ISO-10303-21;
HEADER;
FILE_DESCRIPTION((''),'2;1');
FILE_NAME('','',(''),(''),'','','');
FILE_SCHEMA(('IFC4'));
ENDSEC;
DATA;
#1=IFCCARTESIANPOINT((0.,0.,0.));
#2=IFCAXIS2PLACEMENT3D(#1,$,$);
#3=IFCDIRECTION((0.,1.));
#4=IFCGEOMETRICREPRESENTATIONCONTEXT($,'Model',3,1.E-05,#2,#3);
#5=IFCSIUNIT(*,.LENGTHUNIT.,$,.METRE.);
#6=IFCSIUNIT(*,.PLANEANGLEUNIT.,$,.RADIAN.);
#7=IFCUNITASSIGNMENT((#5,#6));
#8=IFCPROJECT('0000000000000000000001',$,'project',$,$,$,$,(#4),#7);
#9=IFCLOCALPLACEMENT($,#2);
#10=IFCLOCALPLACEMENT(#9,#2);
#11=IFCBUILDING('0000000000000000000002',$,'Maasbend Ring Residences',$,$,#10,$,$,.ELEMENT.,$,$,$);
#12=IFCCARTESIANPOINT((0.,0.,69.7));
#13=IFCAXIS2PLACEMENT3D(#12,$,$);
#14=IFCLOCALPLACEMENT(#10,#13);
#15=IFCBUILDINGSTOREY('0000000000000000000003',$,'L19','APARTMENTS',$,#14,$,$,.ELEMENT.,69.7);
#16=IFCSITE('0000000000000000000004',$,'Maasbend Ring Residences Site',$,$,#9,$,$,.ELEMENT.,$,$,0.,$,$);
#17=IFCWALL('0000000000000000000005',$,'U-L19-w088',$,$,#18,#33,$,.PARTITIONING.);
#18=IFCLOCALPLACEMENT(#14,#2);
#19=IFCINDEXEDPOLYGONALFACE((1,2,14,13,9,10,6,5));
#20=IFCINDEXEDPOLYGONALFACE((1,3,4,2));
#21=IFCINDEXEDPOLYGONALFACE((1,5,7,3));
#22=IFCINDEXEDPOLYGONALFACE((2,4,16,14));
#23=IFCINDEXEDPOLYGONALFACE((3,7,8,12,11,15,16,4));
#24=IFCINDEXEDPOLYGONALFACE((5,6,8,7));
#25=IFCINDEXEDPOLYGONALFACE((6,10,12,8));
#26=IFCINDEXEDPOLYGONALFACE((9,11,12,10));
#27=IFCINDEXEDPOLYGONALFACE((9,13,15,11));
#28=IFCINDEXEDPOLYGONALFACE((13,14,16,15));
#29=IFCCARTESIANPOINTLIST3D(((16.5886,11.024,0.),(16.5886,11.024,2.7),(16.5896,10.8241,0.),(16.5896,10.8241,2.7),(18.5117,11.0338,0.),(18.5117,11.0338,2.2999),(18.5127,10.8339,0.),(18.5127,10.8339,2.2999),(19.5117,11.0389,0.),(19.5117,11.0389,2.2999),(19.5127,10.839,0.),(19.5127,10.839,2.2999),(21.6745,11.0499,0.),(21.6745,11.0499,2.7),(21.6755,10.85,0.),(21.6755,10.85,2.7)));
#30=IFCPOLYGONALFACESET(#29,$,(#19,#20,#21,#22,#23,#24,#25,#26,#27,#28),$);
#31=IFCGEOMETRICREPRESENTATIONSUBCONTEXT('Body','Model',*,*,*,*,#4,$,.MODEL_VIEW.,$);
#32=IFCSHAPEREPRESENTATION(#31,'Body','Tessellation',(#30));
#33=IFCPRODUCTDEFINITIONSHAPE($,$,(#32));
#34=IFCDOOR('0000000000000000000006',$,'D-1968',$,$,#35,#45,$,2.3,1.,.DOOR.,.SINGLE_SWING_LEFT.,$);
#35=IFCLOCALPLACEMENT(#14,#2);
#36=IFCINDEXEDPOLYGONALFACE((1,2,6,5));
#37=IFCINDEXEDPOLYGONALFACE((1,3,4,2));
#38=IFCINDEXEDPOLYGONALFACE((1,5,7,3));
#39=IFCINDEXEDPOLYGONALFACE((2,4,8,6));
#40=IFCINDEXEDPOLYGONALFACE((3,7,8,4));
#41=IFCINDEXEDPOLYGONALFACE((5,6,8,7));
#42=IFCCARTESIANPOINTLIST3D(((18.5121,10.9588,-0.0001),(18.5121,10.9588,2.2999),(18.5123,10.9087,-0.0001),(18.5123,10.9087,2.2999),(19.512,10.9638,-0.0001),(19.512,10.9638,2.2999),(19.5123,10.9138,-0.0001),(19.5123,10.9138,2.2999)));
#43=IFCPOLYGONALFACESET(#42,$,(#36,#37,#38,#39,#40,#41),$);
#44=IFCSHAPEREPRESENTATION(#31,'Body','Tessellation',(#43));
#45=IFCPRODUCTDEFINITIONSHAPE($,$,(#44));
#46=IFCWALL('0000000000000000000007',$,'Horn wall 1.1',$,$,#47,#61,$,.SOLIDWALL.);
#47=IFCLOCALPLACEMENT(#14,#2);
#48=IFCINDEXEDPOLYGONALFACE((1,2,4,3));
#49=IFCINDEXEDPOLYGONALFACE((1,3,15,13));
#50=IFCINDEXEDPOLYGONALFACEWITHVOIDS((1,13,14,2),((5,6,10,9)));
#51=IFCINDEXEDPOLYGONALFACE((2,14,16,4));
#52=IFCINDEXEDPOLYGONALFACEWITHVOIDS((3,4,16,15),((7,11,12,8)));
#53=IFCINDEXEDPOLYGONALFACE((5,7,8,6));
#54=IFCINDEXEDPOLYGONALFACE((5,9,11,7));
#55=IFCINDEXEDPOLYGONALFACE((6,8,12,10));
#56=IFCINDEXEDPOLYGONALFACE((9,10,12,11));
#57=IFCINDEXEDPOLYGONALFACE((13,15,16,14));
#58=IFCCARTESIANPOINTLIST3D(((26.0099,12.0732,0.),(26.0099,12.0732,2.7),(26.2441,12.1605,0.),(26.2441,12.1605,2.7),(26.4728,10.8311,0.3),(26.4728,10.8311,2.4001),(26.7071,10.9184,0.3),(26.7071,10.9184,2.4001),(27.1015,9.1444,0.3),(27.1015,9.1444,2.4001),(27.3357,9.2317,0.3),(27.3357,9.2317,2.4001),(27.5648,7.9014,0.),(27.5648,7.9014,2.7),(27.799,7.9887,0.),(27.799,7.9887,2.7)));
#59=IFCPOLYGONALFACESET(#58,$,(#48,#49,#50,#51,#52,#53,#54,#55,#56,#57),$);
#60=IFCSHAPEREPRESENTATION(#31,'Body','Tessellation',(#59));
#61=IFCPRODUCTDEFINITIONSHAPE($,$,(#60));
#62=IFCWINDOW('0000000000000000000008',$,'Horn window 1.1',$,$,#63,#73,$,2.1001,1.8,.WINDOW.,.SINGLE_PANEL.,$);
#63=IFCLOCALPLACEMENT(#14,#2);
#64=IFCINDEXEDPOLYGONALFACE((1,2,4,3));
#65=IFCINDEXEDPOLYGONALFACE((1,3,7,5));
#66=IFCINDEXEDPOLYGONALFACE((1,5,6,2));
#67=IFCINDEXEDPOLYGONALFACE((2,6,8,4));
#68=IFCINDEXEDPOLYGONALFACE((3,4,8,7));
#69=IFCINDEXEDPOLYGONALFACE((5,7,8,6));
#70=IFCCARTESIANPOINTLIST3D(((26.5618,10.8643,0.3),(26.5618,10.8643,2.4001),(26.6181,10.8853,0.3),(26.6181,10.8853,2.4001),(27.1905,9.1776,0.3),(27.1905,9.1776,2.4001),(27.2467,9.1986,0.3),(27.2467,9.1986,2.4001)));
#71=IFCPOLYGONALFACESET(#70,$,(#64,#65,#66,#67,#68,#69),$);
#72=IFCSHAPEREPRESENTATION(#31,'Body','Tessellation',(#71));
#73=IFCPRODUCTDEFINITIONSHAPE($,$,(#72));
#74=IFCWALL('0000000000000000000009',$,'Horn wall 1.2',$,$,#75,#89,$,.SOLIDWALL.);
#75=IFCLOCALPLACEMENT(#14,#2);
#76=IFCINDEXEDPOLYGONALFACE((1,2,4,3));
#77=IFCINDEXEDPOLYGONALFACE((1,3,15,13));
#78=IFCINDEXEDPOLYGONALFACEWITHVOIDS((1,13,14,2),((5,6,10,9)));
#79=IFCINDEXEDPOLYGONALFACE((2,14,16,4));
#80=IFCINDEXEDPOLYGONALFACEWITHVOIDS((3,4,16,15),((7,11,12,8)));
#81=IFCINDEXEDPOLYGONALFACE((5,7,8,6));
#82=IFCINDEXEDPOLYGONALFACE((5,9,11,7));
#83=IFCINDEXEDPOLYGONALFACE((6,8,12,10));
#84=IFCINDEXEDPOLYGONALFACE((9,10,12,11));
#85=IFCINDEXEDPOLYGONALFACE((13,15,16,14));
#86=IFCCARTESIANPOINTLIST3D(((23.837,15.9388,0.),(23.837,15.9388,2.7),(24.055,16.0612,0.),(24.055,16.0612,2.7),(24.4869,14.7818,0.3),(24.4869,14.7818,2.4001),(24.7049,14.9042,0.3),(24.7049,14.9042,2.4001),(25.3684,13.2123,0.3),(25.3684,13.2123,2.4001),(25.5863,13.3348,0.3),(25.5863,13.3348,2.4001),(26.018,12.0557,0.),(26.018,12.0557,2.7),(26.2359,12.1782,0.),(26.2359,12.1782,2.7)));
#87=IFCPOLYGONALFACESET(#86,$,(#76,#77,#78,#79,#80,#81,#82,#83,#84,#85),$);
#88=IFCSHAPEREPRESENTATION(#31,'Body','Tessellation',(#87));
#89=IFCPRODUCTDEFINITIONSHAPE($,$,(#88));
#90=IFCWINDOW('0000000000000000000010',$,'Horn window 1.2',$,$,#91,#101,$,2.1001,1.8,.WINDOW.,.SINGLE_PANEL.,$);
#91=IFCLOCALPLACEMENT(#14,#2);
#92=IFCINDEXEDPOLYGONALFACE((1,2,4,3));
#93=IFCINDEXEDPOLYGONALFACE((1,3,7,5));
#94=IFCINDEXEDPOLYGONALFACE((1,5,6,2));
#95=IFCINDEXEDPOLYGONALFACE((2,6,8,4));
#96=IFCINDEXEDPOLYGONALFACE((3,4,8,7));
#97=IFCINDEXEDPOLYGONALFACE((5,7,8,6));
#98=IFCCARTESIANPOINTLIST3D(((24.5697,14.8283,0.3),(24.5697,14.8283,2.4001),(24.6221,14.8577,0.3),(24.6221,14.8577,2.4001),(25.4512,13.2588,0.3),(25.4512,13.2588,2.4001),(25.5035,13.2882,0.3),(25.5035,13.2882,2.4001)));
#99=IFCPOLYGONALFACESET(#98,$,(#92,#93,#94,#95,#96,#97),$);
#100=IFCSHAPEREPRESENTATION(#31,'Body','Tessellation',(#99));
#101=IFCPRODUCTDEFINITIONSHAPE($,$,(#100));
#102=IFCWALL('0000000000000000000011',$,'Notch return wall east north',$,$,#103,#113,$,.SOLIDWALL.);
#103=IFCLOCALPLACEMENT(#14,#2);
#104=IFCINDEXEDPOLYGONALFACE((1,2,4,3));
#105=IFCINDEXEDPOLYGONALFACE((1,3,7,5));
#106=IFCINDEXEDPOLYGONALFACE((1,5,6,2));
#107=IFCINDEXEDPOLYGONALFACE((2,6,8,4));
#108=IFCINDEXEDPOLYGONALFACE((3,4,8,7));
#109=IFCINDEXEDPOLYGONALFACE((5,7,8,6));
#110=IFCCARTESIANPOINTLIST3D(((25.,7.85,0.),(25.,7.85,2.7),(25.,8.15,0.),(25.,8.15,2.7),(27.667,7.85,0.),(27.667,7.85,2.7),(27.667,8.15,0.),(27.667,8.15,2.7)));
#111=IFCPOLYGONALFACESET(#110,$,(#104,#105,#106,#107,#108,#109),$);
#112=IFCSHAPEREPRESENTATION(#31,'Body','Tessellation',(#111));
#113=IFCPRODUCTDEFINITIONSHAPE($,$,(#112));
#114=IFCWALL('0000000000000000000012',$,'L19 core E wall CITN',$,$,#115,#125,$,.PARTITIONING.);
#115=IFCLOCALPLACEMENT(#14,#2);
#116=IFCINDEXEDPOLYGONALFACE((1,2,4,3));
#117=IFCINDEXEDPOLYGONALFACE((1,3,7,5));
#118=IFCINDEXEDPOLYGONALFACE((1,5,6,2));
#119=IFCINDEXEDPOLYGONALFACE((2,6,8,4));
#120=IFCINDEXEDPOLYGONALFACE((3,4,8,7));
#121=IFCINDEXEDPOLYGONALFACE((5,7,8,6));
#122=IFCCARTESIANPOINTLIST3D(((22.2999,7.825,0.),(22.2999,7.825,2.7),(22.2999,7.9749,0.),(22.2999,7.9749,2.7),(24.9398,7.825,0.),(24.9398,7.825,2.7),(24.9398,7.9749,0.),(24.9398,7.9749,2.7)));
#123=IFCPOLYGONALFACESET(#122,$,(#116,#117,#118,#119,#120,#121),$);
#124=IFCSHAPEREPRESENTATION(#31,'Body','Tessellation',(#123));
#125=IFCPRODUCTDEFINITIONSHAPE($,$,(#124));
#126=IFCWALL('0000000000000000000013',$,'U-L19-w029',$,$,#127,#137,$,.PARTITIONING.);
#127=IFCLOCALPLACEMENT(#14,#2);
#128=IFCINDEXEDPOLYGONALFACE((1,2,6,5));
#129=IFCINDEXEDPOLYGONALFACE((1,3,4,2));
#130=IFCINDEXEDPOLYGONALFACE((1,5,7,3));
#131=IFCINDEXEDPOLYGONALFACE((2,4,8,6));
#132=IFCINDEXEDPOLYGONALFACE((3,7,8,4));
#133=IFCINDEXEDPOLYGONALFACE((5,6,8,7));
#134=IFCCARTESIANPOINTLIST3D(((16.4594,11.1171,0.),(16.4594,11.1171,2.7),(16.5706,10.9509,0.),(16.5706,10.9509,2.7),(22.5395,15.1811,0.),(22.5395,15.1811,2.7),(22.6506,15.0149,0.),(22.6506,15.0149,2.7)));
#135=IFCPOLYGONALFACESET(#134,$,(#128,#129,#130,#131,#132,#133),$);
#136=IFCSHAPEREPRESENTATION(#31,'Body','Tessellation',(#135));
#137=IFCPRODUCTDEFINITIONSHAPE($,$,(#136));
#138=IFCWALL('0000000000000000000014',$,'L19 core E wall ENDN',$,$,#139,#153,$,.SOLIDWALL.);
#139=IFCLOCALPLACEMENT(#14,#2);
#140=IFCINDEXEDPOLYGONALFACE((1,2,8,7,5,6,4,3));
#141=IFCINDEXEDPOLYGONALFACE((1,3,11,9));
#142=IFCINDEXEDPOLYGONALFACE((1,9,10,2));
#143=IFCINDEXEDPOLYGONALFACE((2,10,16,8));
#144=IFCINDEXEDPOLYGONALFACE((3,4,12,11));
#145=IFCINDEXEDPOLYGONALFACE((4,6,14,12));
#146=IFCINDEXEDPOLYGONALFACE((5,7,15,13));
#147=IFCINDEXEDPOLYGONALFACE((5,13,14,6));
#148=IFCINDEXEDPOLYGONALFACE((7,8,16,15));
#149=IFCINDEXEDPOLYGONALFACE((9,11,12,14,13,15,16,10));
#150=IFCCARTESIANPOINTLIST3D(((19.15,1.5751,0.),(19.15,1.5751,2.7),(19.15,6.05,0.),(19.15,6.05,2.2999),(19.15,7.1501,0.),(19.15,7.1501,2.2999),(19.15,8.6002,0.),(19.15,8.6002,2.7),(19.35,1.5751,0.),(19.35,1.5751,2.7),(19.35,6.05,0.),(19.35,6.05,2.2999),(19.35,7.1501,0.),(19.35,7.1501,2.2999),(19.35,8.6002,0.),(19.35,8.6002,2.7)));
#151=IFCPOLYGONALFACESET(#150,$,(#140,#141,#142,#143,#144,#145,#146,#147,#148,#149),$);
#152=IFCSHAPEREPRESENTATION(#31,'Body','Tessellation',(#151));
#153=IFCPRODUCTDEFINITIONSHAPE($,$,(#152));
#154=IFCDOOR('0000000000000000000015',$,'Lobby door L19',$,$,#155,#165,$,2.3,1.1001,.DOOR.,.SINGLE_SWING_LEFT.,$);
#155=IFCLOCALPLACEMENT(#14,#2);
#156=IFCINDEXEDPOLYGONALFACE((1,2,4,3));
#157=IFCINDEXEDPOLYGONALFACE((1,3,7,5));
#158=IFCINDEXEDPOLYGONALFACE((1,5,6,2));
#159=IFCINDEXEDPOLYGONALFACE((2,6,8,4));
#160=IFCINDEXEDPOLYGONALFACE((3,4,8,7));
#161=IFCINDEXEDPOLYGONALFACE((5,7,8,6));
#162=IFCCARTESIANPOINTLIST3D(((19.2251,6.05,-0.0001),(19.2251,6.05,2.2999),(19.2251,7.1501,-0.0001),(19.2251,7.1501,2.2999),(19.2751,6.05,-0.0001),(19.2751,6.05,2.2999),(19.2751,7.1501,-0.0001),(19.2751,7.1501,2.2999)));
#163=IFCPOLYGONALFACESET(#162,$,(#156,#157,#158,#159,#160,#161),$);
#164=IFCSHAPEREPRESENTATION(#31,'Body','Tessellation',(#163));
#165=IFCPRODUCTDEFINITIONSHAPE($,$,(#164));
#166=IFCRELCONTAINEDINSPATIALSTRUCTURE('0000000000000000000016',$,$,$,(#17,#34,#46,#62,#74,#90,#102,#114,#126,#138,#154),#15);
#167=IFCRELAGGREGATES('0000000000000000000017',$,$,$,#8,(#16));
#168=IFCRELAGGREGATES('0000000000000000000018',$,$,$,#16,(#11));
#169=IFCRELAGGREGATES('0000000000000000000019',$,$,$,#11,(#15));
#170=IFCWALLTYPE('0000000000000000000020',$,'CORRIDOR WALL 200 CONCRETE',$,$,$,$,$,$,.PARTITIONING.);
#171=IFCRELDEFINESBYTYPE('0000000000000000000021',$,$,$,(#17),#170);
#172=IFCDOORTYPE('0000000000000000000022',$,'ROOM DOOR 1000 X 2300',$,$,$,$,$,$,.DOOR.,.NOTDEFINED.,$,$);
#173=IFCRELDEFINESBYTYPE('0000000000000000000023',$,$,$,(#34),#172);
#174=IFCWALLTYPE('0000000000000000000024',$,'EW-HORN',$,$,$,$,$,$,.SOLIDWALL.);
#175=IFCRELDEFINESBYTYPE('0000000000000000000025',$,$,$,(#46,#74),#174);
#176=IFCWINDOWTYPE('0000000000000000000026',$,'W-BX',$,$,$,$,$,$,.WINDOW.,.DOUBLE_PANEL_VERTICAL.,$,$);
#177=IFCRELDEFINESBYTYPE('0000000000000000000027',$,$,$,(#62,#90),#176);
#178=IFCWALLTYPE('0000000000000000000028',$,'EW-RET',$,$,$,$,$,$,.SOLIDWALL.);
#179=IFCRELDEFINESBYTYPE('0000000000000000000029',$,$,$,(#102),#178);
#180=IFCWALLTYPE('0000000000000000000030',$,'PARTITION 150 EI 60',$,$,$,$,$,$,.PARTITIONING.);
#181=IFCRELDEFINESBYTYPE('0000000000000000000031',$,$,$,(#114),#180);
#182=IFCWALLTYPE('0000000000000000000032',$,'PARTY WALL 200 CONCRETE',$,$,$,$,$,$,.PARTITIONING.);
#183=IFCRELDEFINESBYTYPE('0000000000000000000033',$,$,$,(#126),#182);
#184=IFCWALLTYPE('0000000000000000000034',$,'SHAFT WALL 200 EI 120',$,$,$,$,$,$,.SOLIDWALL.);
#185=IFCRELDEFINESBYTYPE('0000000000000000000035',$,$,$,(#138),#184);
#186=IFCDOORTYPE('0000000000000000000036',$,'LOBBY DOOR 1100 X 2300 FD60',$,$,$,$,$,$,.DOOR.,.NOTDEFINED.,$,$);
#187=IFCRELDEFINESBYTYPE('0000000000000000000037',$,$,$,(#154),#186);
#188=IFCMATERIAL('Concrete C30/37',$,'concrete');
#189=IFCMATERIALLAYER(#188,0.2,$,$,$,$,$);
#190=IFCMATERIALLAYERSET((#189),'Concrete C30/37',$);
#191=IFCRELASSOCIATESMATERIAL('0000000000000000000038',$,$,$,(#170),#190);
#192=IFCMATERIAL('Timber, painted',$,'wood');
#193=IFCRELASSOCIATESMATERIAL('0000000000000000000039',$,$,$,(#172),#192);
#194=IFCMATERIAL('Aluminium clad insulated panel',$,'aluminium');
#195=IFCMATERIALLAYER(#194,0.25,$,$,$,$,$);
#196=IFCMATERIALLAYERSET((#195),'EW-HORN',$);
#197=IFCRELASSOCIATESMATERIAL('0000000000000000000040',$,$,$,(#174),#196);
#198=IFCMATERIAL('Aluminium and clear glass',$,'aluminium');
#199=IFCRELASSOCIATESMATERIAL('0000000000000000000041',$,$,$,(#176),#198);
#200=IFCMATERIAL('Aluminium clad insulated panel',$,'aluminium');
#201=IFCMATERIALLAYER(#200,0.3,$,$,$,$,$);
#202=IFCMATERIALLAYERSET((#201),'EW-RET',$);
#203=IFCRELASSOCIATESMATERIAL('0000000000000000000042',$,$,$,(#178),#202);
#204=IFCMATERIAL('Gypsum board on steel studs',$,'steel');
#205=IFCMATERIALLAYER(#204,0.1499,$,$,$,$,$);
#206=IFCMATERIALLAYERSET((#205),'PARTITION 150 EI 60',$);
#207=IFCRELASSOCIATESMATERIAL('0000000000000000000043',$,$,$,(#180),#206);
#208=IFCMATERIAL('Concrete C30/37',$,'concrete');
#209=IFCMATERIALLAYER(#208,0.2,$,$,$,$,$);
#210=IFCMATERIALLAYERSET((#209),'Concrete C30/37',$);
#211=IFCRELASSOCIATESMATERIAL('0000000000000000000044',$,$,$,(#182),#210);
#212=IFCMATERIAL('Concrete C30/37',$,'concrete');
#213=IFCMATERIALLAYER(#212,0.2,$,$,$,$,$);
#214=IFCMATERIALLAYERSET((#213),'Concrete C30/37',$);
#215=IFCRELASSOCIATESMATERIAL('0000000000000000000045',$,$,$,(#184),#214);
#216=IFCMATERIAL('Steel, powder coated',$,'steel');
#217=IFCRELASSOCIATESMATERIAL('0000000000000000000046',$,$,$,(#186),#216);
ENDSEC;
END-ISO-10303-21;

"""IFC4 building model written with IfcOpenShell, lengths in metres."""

from ifc_helpers import new_model, si_unit, direction, frame, frame_2d, origin, place, context, subcontext, project, spatial, rectangle, extrude, material, layer, layer_set, type_object, element, fill, save


model = new_model("IFC4")

# Units and contexts
model_context = context("Model", 3, precision=1e-05, world=origin(), true_north=direction((0.0, 1.0)))
body_context = subcontext(model_context, "Body", "Model", "MODEL_VIEW")
ifc_project = project(units=[si_unit("LENGTHUNIT", "METRE"), si_unit("PLANEANGLEUNIT", "RADIAN")], contexts=[model_context])

# Site, building, storey
site_placement = place(None, origin())
site = spatial("IfcSite", under=ifc_project, at=site_placement, Name="Maasbend Ring Residences Site", CompositionType="ELEMENT", RefElevation=0.0)
building_placement = place(site_placement, origin())
building = spatial("IfcBuilding", under=site, at=building_placement, Name="Maasbend Ring Residences", CompositionType="ELEMENT")
storey_placement = place(building_placement, frame((0.0, 0.0, 69.7)))
storey = spatial("IfcBuildingStorey", under=building, at=storey_placement, Name="L19", Description="APARTMENTS", CompositionType="ELEMENT", Elevation=69.7)

# Shared definitions
ifc_material_1 = material(Name="Concrete C30/37", Category="concrete")
ifc_layer_1 = layer(ifc_material_1, 0.2)
ifc_layer_set_1 = layer_set([ifc_layer_1], Name="Concrete C30/37")
wall_type_1 = type_object("IfcWallType", Name="CORRIDOR WALL 200 CONCRETE", PredefinedType="PARTITIONING", material=ifc_layer_set_1)

# Wall, opening, door
wall_1_placement = place(storey_placement, frame((16.5891, 10.9241, 0.0), z_axis=(0.0, 0.0, 1.0), x_axis=(0.999987, 0.005088, 0.0)))
wall_1 = element("IfcWall", 1, at=wall_1_placement, inside=storey, type_object=wall_type_1, Name="U-L19-w088", PredefinedType="PARTITIONING", context=body_context, shape_type="SweptSolid", body=[
    extrude(rectangle(XDim=5.0859, YDim=0.2, at=frame_2d((2.543, 0.0))), origin(), (0.0, 0.0, 1.0), 2.7),
])
opening_1_placement = place(wall_1_placement, frame((1.9231, 0.0, 0.0)))
opening_1 = element("IfcOpeningElement", 2, at=opening_1_placement, cuts=wall_1, PredefinedType="OPENING", context=body_context, shape_type="SweptSolid", body=[
    extrude(rectangle(XDim=1.0, YDim=2.3, at=frame_2d((0.5, 1.1499))), frame((0.0, 0.1099, 0.0), z_axis=(0.0, -1.0, 0.0), x_axis=(1.0, 0.0, 0.0)), (0.0, 0.0, 1.0), 0.22),
])
ifc_material_2 = material(Name="Timber, painted", Category="wood")
door_type_1 = type_object("IfcDoorType", Name="ROOM DOOR 1000 X 2300", OperationType="NOTDEFINED", PredefinedType="DOOR", material=ifc_material_2)
door_1_placement = place(opening_1_placement, origin())
door_1 = element("IfcDoor", 3, at=door_1_placement, inside=storey, type_object=door_type_1, Name="D-1968", OperationType="SINGLE_SWING_LEFT", OverallHeight=2.3, OverallWidth=1.0, PredefinedType="DOOR", context=body_context, shape_type="SweptSolid", body=[
    extrude(rectangle(XDim=1.0, YDim=2.3, at=frame_2d((0.5, 1.1499))), frame((0.0, 0.0249, 0.0), z_axis=(0.0, -1.0, 0.0), x_axis=(1.0, 0.0, 0.0)), (0.0, 0.0, 1.0), 0.05),
])
fill(opening_1, door_1)

# Walls, openings, windows
ifc_material_3 = material(Name="Aluminium clad insulated panel", Category="aluminium")
ifc_layer_2 = layer(ifc_material_3, 0.25)
ifc_layer_set_2 = layer_set([ifc_layer_2], Name="EW-HORN")
wall_type_2 = type_object("IfcWallType", Name="EW-HORN", PredefinedType="SOLIDWALL", material=ifc_layer_set_2)
wall_2_placement = place(storey_placement, frame((27.6819, 7.9451, 0.0), z_axis=(0.0, 0.0, 1.0), x_axis=(-0.349248, 0.93703, 0.0)))
wall_2 = element("IfcWall", 4, at=wall_2_placement, inside=storey, type_object=wall_type_2, Name="Horn wall 1.1", PredefinedType="SOLIDWALL", context=body_context, shape_type="SweptSolid", body=[
    extrude(rectangle(XDim=4.4521, YDim=0.25, at=frame_2d((2.2261, 0.0))), origin(), (0.0, 0.0, 1.0), 2.7),
])
opening_2_placement = place(wall_2_placement, frame((1.3267, 0.0, 0.3)))
opening_2 = element("IfcOpeningElement", 5, at=opening_2_placement, cuts=wall_2, PredefinedType="OPENING", context=body_context, shape_type="SweptSolid", body=[
    extrude(rectangle(XDim=1.8, YDim=2.1001, at=frame_2d((0.8999, 1.05))), frame((0.0, 0.135, 0.0), z_axis=(0.0, -1.0, 0.0), x_axis=(1.0, 0.0, 0.0)), (0.0, 0.0, 1.0), 0.27),
])
ifc_material_4 = material(Name="Aluminium and clear glass", Category="aluminium")
window_type = type_object("IfcWindowType", Name="W-BX", PartitioningType="DOUBLE_PANEL_VERTICAL", PredefinedType="WINDOW", material=ifc_material_4)
window_1_placement = place(opening_2_placement, origin())
window_1 = element("IfcWindow", 6, at=window_1_placement, inside=storey, type_object=window_type, Name="Horn window 1.1", OverallHeight=2.1001, OverallWidth=1.8, PartitioningType="SINGLE_PANEL", PredefinedType="WINDOW", context=body_context, shape_type="SweptSolid", body=[
    extrude(rectangle(XDim=1.8, YDim=2.1001, at=frame_2d((0.8999, 1.05))), frame((0.0, 0.03, 0.0), z_axis=(0.0, -1.0, 0.0), x_axis=(1.0, 0.0, 0.0)), (0.0, 0.0, 1.0), 0.0601),
])
fill(opening_2, window_1)
wall_3_placement = place(storey_placement, frame((26.127, 12.1169, 0.0), z_axis=(0.0, 0.0, 1.0), x_axis=(-0.489696, 0.871893, 0.0)))
wall_3 = element("IfcWall", 7, at=wall_3_placement, inside=storey, type_object=wall_type_2, Name="Horn wall 1.2", PredefinedType="SOLIDWALL", context=body_context, shape_type="SweptSolid", body=[
    extrude(rectangle(XDim=4.4536, YDim=0.25, at=frame_2d((2.2268, 0.0))), origin(), (0.0, 0.0, 1.0), 2.7),
])
opening_3_placement = place(wall_3_placement, frame((1.3267, 0.0, 0.3)))
opening_3 = element("IfcOpeningElement", 8, at=opening_3_placement, cuts=wall_3, PredefinedType="OPENING", context=body_context, shape_type="SweptSolid", body=[
    extrude(rectangle(XDim=1.8, YDim=2.1001, at=frame_2d((0.8999, 1.05))), frame((0.0, 0.135, 0.0), z_axis=(0.0, -1.0, 0.0), x_axis=(1.0, 0.0, 0.0)), (0.0, 0.0, 1.0), 0.27),
])
window_2_placement = place(opening_3_placement, origin())
window_2 = element("IfcWindow", 9, at=window_2_placement, inside=storey, type_object=window_type, Name="Horn window 1.2", OverallHeight=2.1001, OverallWidth=1.8, PartitioningType="SINGLE_PANEL", PredefinedType="WINDOW", context=body_context, shape_type="SweptSolid", body=[
    extrude(rectangle(XDim=1.8, YDim=2.1001, at=frame_2d((0.8999, 1.05))), frame((0.0, 0.03, 0.0), z_axis=(0.0, -1.0, 0.0), x_axis=(1.0, 0.0, 0.0)), (0.0, 0.0, 1.0), 0.0601),
])
fill(opening_3, window_2)

# Walls
ifc_material_5 = material(Name="Aluminium clad insulated panel", Category="aluminium")
ifc_layer_3 = layer(ifc_material_5, 0.3)
ifc_layer_set_3 = layer_set([ifc_layer_3], Name="EW-RET")
wall_type_3 = type_object("IfcWallType", Name="EW-RET", PredefinedType="SOLIDWALL", material=ifc_layer_set_3)
wall_4_placement = place(storey_placement, frame((25.0, 8.0, 0.0), z_axis=(0.0, 0.0, 1.0), x_axis=(1.0, 0.0, 0.0)))
element("IfcWall", 10, at=wall_4_placement, inside=storey, type_object=wall_type_3, Name="Notch return wall east north", PredefinedType="SOLIDWALL", context=body_context, shape_type="SweptSolid", body=[
    extrude(rectangle(XDim=2.667, YDim=0.3, at=frame_2d((1.3335, 0.0))), origin(), (0.0, 0.0, 1.0), 2.7),
])
ifc_material_6 = material(Name="Gypsum board on steel studs", Category="steel")
ifc_layer_4 = layer(ifc_material_6, 0.1499)
ifc_layer_set_4 = layer_set([ifc_layer_4], Name="PARTITION 150 EI 60")
wall_type_4 = type_object("IfcWallType", Name="PARTITION 150 EI 60", PredefinedType="PARTITIONING", material=ifc_layer_set_4)
wall_5_placement = place(storey_placement, frame((22.3, 7.8999, 0.0), z_axis=(0.0, 0.0, 1.0), x_axis=(1.0, 0.0, 0.0)))
element("IfcWall", 11, at=wall_5_placement, inside=storey, type_object=wall_type_4, Name="L19 core E wall CITN", PredefinedType="PARTITIONING", context=body_context, shape_type="SweptSolid", body=[
    extrude(rectangle(XDim=2.6399, YDim=0.1499, at=frame_2d((1.3198, 0.0))), origin(), (0.0, 0.0, 1.0), 2.7),
])
ifc_material_7 = material(Name="Concrete C30/37", Category="concrete")
ifc_layer_5 = layer(ifc_material_7, 0.2)
ifc_layer_set_5 = layer_set([ifc_layer_5], Name="Concrete C30/37")
wall_type_5 = type_object("IfcWallType", Name="PARTY WALL 200 CONCRETE", PredefinedType="PARTITIONING", material=ifc_layer_set_5)
wall_6_placement = place(storey_placement, frame((16.5149, 11.0339, 0.0), z_axis=(0.0, 0.0, 1.0), x_axis=(0.831382, 0.555701, 0.0)))
element("IfcWall", 12, at=wall_6_placement, inside=storey, type_object=wall_type_5, Name="U-L19-w029", PredefinedType="PARTITIONING", context=body_context, shape_type="SweptSolid", body=[
    extrude(rectangle(XDim=7.3132, YDim=0.2, at=frame_2d((3.6567, 0.0))), origin(), (0.0, 0.0, 1.0), 2.7),
])

# Wall, opening, door
ifc_material_8 = material(Name="Concrete C30/37", Category="concrete")
ifc_layer_6 = layer(ifc_material_8, 0.2)
ifc_layer_set_6 = layer_set([ifc_layer_6], Name="Concrete C30/37")
wall_type_6 = type_object("IfcWallType", Name="SHAFT WALL 200 EI 120", PredefinedType="SOLIDWALL", material=ifc_layer_set_6)
wall_7_placement = place(storey_placement, frame((19.25, 1.575, 0.0), z_axis=(0.0, 0.0, 1.0), x_axis=(0.0, 1.0, 0.0)))
wall_7 = element("IfcWall", 13, at=wall_7_placement, inside=storey, type_object=wall_type_6, Name="L19 core E wall ENDN", PredefinedType="SOLIDWALL", context=body_context, shape_type="SweptSolid", body=[
    extrude(rectangle(XDim=7.0251, YDim=0.2, at=frame_2d((3.5127, 0.0))), origin(), (0.0, 0.0, 1.0), 2.7),
])
opening_4_placement = place(wall_7_placement, frame((4.4751, 0.0, 0.0)))
opening_4 = element("IfcOpeningElement", 14, at=opening_4_placement, cuts=wall_7, PredefinedType="OPENING", context=body_context, shape_type="SweptSolid", body=[
    extrude(rectangle(XDim=1.1001, YDim=2.3, at=frame_2d((0.55, 1.1499))), frame((0.0, 0.1099, 0.0), z_axis=(0.0, -1.0, 0.0), x_axis=(1.0, 0.0, 0.0)), (0.0, 0.0, 1.0), 0.22),
])
ifc_material_9 = material(Name="Steel, powder coated", Category="steel")
door_type_2 = type_object("IfcDoorType", Name="LOBBY DOOR 1100 X 2300 FD60", OperationType="NOTDEFINED", PredefinedType="DOOR", material=ifc_material_9)
door_2_placement = place(opening_4_placement, origin())
door_2 = element("IfcDoor", 15, at=door_2_placement, inside=storey, type_object=door_type_2, Name="Lobby door L19", OperationType="SINGLE_SWING_LEFT", OverallHeight=2.3, OverallWidth=1.1001, PredefinedType="DOOR", context=body_context, shape_type="SweptSolid", body=[
    extrude(rectangle(XDim=1.1001, YDim=2.3, at=frame_2d((0.55, 1.1499))), frame((0.0, 0.0249, 0.0), z_axis=(0.0, -1.0, 0.0), x_axis=(1.0, 0.0, 0.0)), (0.0, 0.0, 1.0), 0.05),
])
fill(opening_4, door_2)

save(model, "model.ifc")
